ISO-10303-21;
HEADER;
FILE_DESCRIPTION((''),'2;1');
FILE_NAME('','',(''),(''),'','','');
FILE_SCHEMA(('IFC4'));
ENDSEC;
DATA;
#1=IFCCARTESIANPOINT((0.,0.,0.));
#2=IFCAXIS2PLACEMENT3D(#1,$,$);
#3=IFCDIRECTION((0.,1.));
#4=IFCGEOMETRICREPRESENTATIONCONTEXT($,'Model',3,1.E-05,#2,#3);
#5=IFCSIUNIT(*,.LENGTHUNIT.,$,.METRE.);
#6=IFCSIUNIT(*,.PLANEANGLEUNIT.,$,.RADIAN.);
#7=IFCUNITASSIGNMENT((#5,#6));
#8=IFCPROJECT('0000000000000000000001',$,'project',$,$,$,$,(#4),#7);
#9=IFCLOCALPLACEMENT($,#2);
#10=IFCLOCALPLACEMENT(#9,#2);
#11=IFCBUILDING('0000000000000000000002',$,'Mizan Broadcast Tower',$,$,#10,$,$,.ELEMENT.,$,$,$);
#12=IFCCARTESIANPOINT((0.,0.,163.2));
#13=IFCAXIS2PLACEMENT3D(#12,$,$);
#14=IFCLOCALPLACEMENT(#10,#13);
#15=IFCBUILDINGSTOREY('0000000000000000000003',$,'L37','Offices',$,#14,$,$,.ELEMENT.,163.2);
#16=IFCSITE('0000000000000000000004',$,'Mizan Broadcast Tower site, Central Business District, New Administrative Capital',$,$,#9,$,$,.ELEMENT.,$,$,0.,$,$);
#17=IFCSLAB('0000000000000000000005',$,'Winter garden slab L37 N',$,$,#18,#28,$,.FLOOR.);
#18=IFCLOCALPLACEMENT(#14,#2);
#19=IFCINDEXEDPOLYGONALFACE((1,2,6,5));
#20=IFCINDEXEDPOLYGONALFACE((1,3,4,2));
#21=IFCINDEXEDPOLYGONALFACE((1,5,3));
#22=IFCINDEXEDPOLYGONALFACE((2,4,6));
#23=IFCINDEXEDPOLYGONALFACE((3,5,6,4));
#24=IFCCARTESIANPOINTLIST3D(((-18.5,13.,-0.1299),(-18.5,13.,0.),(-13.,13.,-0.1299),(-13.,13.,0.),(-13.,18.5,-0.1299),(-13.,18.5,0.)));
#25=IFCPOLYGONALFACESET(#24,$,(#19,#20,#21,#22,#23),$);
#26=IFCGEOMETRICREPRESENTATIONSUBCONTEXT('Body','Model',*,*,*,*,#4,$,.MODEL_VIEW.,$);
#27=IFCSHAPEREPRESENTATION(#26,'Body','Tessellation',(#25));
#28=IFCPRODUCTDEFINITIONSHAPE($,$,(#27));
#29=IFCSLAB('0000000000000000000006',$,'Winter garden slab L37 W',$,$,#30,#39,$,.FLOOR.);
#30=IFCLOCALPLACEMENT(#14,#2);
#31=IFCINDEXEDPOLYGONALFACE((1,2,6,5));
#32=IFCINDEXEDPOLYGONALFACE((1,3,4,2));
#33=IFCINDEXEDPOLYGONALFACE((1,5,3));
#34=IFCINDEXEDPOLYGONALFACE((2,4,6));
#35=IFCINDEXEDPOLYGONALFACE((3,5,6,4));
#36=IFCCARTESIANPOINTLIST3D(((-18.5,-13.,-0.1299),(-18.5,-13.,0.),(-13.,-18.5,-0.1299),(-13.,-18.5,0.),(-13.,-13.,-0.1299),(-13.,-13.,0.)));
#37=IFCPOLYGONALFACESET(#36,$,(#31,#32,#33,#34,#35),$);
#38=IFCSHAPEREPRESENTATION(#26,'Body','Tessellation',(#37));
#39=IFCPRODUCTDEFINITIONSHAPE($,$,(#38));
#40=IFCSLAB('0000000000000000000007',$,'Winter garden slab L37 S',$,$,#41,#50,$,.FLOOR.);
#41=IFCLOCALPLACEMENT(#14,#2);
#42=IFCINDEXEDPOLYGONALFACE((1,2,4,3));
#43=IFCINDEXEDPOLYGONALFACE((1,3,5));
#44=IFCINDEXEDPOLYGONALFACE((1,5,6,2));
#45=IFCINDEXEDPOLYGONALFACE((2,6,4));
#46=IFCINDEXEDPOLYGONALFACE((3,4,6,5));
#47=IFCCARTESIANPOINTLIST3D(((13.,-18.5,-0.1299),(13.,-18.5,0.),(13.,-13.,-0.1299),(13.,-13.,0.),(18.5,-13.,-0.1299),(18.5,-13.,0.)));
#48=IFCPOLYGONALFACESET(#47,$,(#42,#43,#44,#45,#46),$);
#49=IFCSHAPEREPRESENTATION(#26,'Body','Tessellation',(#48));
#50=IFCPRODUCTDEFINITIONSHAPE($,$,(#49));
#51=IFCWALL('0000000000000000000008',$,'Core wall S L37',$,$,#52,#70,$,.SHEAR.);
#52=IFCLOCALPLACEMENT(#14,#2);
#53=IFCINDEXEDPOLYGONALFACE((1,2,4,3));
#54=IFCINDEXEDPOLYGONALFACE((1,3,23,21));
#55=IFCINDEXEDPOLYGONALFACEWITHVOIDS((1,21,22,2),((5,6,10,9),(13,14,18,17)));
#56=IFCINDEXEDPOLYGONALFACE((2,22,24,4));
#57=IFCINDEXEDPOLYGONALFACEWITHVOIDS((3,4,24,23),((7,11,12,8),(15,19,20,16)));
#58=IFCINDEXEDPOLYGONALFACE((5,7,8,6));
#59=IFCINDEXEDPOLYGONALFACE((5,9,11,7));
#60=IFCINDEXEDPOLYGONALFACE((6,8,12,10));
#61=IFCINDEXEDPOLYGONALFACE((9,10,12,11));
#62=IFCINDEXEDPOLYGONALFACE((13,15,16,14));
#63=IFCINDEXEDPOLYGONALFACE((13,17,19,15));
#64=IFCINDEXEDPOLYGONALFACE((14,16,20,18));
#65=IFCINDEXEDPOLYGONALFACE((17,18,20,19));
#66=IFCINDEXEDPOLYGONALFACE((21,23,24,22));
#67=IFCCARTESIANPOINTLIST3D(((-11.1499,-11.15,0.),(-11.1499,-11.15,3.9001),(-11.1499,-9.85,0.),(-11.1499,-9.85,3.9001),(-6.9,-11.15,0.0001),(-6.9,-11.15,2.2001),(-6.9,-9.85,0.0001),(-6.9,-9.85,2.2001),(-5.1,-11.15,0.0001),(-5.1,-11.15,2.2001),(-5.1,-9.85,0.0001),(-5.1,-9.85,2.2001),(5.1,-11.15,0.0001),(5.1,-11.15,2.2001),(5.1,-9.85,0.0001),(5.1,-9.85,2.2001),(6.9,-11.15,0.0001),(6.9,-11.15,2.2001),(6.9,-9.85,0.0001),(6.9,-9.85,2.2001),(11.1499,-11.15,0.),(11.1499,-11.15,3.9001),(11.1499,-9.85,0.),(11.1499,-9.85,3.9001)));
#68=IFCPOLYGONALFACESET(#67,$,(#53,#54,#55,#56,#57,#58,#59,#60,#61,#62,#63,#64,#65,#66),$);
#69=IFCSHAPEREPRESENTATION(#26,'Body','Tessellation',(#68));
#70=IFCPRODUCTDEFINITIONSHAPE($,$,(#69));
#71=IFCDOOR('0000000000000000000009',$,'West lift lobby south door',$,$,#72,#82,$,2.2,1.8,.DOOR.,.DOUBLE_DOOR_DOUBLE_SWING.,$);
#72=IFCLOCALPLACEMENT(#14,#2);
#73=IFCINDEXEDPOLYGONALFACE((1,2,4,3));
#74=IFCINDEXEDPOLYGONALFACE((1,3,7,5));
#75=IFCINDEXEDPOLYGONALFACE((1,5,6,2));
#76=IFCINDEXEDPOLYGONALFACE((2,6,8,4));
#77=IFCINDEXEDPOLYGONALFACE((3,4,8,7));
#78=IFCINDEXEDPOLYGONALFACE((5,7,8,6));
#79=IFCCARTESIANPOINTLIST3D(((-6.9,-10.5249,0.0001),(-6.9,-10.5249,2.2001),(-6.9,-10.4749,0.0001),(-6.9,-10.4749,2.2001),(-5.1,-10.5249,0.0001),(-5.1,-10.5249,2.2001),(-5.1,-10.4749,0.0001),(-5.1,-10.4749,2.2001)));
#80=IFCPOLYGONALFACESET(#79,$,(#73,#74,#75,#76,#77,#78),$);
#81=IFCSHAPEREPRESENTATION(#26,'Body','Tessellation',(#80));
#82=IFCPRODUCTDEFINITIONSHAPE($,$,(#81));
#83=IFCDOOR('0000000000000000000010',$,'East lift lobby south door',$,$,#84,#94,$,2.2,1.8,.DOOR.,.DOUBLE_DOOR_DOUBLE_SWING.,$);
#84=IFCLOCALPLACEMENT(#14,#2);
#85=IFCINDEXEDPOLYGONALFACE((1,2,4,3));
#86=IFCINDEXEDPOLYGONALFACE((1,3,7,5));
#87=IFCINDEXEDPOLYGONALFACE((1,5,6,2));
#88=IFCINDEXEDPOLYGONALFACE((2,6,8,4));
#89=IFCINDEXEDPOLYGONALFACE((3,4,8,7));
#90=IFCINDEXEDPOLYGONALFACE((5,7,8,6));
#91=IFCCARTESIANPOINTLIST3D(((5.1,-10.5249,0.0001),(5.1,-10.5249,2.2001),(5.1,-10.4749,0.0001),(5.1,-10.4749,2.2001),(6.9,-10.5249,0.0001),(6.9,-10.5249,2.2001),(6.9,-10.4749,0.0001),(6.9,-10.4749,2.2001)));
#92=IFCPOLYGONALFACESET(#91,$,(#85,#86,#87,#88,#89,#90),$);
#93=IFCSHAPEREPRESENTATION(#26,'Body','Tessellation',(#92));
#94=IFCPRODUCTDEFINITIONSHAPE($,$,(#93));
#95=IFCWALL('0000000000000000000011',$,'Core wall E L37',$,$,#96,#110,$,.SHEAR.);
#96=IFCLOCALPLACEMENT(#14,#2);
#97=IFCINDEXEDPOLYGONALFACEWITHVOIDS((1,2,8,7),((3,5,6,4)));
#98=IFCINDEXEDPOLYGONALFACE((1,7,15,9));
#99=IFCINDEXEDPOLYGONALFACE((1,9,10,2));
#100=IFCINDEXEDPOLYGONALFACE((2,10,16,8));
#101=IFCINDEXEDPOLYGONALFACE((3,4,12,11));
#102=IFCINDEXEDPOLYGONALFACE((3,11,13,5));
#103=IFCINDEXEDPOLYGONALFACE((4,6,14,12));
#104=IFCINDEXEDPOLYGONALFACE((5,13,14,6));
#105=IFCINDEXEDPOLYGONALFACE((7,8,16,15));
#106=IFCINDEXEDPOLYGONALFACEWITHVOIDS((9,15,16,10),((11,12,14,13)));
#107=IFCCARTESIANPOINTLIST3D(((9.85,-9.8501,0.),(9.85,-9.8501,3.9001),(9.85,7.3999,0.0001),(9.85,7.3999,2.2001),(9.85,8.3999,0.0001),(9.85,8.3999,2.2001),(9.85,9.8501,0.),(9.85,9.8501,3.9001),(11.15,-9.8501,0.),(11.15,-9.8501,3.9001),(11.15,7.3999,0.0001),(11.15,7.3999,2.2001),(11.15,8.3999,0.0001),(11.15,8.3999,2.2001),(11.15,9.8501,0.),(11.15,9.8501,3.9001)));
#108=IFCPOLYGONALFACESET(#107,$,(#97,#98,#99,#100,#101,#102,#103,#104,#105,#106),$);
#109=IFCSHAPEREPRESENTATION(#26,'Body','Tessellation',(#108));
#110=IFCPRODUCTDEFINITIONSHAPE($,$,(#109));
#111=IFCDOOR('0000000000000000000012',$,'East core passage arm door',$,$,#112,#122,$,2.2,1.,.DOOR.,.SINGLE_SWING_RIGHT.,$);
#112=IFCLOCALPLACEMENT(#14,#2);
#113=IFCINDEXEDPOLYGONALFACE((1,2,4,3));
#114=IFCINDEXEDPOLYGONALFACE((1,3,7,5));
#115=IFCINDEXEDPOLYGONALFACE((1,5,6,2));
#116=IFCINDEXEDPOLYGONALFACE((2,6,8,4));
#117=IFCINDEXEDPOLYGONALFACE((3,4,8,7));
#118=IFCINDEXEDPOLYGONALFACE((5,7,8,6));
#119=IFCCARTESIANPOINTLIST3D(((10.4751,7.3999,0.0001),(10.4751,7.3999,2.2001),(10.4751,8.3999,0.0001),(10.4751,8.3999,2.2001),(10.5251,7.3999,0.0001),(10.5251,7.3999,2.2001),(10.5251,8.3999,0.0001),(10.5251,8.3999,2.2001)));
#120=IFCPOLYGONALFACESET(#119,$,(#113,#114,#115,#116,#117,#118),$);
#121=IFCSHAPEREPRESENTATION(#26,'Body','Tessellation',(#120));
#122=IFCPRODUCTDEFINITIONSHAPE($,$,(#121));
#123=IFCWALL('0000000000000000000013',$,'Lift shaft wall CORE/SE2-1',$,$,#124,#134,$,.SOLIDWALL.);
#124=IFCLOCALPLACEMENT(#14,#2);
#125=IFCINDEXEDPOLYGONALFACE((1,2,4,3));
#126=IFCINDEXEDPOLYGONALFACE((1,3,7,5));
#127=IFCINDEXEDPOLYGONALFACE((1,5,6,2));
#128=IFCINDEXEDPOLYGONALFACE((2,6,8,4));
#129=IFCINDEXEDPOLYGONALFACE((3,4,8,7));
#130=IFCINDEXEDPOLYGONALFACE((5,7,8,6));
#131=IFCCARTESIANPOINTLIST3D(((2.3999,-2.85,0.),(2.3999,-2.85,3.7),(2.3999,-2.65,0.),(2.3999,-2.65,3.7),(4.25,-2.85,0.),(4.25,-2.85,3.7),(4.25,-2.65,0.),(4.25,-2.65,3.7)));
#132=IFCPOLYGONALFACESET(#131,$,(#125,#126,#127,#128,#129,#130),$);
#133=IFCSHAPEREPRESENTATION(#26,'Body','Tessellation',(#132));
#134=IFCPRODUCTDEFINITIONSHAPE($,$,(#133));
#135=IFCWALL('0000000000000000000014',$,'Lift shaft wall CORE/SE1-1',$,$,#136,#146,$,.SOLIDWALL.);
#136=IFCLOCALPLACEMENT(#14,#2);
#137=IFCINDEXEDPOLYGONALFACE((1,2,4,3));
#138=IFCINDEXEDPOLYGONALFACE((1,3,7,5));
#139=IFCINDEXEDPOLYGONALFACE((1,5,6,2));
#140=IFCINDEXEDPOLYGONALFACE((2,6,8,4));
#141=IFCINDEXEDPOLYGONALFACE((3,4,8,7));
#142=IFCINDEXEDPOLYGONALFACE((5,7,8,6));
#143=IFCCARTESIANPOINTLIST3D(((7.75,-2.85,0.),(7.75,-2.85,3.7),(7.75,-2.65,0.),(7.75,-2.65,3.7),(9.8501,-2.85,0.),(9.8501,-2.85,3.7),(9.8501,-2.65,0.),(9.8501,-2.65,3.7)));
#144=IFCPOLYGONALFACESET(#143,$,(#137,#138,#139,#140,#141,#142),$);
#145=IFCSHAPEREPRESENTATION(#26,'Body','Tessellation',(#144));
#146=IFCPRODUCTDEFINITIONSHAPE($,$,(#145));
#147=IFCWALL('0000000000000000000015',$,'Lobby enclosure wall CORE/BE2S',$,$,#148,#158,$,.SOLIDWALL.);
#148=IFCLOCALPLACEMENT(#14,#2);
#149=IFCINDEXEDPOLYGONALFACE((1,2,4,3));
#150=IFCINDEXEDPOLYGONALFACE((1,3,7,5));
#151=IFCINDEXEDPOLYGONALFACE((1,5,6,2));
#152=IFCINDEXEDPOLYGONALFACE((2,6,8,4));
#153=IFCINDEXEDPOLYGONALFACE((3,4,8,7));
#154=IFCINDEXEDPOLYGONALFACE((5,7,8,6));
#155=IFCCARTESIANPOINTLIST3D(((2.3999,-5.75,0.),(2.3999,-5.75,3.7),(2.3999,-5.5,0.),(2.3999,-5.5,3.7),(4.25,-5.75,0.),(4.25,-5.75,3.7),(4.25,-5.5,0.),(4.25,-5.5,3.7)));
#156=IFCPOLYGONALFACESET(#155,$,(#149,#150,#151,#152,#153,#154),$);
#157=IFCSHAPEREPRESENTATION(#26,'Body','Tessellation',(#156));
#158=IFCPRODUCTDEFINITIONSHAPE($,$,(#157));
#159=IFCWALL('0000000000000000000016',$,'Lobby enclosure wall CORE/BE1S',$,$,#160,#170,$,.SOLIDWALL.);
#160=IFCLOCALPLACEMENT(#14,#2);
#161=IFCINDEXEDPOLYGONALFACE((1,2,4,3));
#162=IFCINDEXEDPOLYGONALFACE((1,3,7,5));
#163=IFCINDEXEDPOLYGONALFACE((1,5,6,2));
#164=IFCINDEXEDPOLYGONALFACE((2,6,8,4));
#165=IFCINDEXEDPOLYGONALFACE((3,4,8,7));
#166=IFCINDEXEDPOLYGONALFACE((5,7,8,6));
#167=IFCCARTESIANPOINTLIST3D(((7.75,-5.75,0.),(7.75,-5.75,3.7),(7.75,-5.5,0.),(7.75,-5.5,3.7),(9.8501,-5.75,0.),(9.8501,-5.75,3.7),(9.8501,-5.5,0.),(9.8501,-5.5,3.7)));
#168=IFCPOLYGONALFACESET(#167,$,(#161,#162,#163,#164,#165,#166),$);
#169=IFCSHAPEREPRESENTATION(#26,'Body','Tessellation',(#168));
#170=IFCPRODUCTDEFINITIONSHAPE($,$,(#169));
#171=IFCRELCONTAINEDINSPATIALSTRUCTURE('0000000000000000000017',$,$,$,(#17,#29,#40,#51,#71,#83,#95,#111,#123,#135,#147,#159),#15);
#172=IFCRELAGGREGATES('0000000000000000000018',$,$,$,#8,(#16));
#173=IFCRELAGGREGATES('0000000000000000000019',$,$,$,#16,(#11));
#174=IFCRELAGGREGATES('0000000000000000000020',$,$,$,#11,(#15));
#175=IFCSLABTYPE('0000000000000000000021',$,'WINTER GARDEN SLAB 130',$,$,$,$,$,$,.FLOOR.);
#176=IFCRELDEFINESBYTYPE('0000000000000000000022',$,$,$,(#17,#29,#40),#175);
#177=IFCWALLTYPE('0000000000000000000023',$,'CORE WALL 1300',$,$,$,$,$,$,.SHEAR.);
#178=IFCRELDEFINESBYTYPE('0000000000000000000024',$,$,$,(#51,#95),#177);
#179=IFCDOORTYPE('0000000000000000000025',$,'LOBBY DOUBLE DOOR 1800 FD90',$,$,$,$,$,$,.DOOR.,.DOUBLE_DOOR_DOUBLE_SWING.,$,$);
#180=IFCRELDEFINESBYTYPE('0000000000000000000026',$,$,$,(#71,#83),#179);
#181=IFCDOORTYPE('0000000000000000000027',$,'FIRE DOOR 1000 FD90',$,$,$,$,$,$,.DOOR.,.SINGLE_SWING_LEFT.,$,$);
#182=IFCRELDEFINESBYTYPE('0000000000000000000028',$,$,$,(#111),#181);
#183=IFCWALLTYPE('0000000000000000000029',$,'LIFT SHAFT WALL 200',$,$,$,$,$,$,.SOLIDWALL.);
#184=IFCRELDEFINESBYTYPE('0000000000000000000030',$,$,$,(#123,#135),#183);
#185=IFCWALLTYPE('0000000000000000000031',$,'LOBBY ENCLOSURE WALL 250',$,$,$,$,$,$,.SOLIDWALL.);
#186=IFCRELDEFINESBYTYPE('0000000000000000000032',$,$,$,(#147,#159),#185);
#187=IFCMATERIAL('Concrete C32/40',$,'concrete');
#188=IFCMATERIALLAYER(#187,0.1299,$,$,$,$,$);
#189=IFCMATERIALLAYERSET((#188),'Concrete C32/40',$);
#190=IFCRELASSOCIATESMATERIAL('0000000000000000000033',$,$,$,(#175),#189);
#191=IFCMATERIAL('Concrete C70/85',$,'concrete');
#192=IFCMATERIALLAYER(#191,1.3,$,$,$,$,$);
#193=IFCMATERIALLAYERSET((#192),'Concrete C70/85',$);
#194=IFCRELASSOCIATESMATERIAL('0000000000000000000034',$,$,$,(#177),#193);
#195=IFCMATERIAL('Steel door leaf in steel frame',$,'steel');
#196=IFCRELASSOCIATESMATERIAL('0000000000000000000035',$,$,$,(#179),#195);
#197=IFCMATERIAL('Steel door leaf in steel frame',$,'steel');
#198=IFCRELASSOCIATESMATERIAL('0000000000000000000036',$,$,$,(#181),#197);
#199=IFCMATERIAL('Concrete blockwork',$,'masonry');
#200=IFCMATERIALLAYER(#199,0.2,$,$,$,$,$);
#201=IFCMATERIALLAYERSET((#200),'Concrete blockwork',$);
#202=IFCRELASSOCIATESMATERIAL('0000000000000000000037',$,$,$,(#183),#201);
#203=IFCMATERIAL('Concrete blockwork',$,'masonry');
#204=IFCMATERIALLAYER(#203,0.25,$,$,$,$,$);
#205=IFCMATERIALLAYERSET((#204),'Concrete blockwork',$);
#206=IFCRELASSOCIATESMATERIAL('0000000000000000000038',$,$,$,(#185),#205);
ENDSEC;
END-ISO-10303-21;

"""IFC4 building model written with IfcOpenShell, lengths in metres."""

from ifc_helpers import new_model, si_unit, direction, frame, frame_2d, origin, place, context, subcontext, project, spatial, polyline, rectangle, outline, extrude, material, layer, layer_set, type_object, element, fill, save


model = new_model("IFC4")

# Units and contexts
model_context = context("Model", 3, precision=1e-05, world=origin(), true_north=direction((0.0, 1.0)))
body_context = subcontext(model_context, "Body", "Model", "MODEL_VIEW")
ifc_project = project(units=[si_unit("LENGTHUNIT", "METRE"), si_unit("PLANEANGLEUNIT", "RADIAN")], contexts=[model_context])

# Site, building, storey
site_placement = place(None, origin())
site = spatial("IfcSite", under=ifc_project, at=site_placement, Name="Mizan Broadcast Tower site, Central Business District, New Administrative Capital", CompositionType="ELEMENT", RefElevation=0.0)
building_placement = place(site_placement, origin())
building = spatial("IfcBuilding", under=site, at=building_placement, Name="Mizan Broadcast Tower", CompositionType="ELEMENT")
storey_placement = place(building_placement, frame((0.0, 0.0, 163.2)))
storey = spatial("IfcBuildingStorey", under=building, at=storey_placement, Name="L37", Description="Offices", CompositionType="ELEMENT", Elevation=163.2)

# Slabs
ifc_material_1 = material(Name="Concrete C32/40", Category="concrete")
ifc_layer_1 = layer(ifc_material_1, 0.1299)
ifc_layer_set_1 = layer_set([ifc_layer_1], Name="Concrete C32/40")
slab_type_1 = type_object("IfcSlabType", Name="WINTER GARDEN SLAB 130", PredefinedType="FLOOR", material=ifc_layer_set_1)
slab_1_placement = place(storey_placement, frame((0.0, 0.0, -0.1299)))
element("IfcSlab", 1, at=slab_1_placement, inside=storey, type_object=slab_type_1, Name="Winter garden slab L37 N", PredefinedType="FLOOR", context=body_context, shape_type="SweptSolid", body=[
    extrude(outline(polyline([(-13.0, 13.0), (-13.0, 18.5), (-18.5, 13.0), (-13.0, 13.0)])), origin(), (0.0, 0.0, 1.0), 0.1299),
])
slab_2_placement = place(storey_placement, frame((0.0, 0.0, -0.1299)))
element("IfcSlab", 2, at=slab_2_placement, inside=storey, type_object=slab_type_1, Name="Winter garden slab L37 W", PredefinedType="FLOOR", context=body_context, shape_type="SweptSolid", body=[
    extrude(outline(polyline([(-13.0, -13.0), (-18.5, -13.0), (-13.0, -18.5), (-13.0, -13.0)])), origin(), (0.0, 0.0, 1.0), 0.1299),
])
slab_3_placement = place(storey_placement, frame((0.0, 0.0, -0.1299)))
element("IfcSlab", 3, at=slab_3_placement, inside=storey, type_object=slab_type_1, Name="Winter garden slab L37 S", PredefinedType="FLOOR", context=body_context, shape_type="SweptSolid", body=[
    extrude(outline(polyline([(13.0, -13.0), (13.0, -18.5), (18.5, -13.0), (13.0, -13.0)])), origin(), (0.0, 0.0, 1.0), 0.1299),
])

# Wall, openings, doors
ifc_material_2 = material(Name="Concrete C70/85", Category="concrete")
ifc_layer_2 = layer(ifc_material_2, 1.3)
ifc_layer_set_2 = layer_set([ifc_layer_2], Name="Concrete C70/85")
wall_type_1 = type_object("IfcWallType", Name="CORE WALL 1300", PredefinedType="SHEAR", material=ifc_layer_set_2)
wall_1_placement = place(storey_placement, frame((11.1499, -10.5, 0.0), z_axis=(0.0, 0.0, 1.0), x_axis=(-1.0, 0.0, 0.0)))
wall_1 = element("IfcWall", 4, at=wall_1_placement, inside=storey, type_object=wall_type_1, Name="Core wall S L37", PredefinedType="SHEAR", context=body_context, shape_type="SweptSolid", body=[
    extrude(rectangle(XDim=22.2998, YDim=1.3, at=frame_2d((11.1499, 0.0))), origin(), (0.0, 0.0, 1.0), 3.9001),
])
opening_1_placement = place(wall_1_placement, frame((16.25, 0.0, 0.0)))
opening_1 = element("IfcOpeningElement", 5, at=opening_1_placement, cuts=wall_1, PredefinedType="OPENING", context=body_context, shape_type="SweptSolid", body=[
    extrude(rectangle(XDim=1.8, YDim=2.2, at=frame_2d((0.8999, 1.1001))), frame((0.0, 0.6599, 0.0), z_axis=(0.0, -1.0, 0.0), x_axis=(1.0, 0.0, 0.0)), (0.0, 0.0, 1.0), 1.3201),
])
opening_2_placement = place(wall_1_placement, frame((4.25, 0.0, 0.0)))
opening_2 = element("IfcOpeningElement", 6, at=opening_2_placement, cuts=wall_1, PredefinedType="OPENING", context=body_context, shape_type="SweptSolid", body=[
    extrude(rectangle(XDim=1.8, YDim=2.2, at=frame_2d((0.8999, 1.1001))), frame((0.0, 0.6599, 0.0), z_axis=(0.0, -1.0, 0.0), x_axis=(1.0, 0.0, 0.0)), (0.0, 0.0, 1.0), 1.3201),
])
ifc_material_3 = material(Name="Steel door leaf in steel frame", Category="steel")
door_type_1 = type_object("IfcDoorType", Name="LOBBY DOUBLE DOOR 1800 FD90", OperationType="DOUBLE_DOOR_DOUBLE_SWING", PredefinedType="DOOR", material=ifc_material_3)
door_1_placement = place(opening_1_placement, origin())
door_1 = element("IfcDoor", 7, at=door_1_placement, inside=storey, type_object=door_type_1, Name="West lift lobby south door", OperationType="DOUBLE_DOOR_DOUBLE_SWING", OverallHeight=2.2, OverallWidth=1.8, PredefinedType="DOOR", context=body_context, shape_type="SweptSolid", body=[
    extrude(rectangle(XDim=1.8, YDim=2.2, at=frame_2d((0.8999, 1.1001))), frame((0.0, 0.0249, 0.0), z_axis=(0.0, -1.0, 0.0), x_axis=(1.0, 0.0, 0.0)), (0.0, 0.0, 1.0), 0.05),
])
fill(opening_1, door_1)
door_2_placement = place(opening_2_placement, origin())
door_2 = element("IfcDoor", 8, at=door_2_placement, inside=storey, type_object=door_type_1, Name="East lift lobby south door", OperationType="DOUBLE_DOOR_DOUBLE_SWING", OverallHeight=2.2, OverallWidth=1.8, PredefinedType="DOOR", context=body_context, shape_type="SweptSolid", body=[
    extrude(rectangle(XDim=1.8, YDim=2.2, at=frame_2d((0.8999, 1.1001))), frame((0.0, 0.0249, 0.0), z_axis=(0.0, -1.0, 0.0), x_axis=(1.0, 0.0, 0.0)), (0.0, 0.0, 1.0), 0.05),
])
fill(opening_2, door_2)

# Wall, opening, door
wall_2_placement = place(storey_placement, frame((10.5, -9.8501, 0.0), z_axis=(0.0, 0.0, 1.0), x_axis=(0.0, 1.0, 0.0)))
wall_2 = element("IfcWall", 9, at=wall_2_placement, inside=storey, type_object=wall_type_1, Name="Core wall E L37", PredefinedType="SHEAR", context=body_context, shape_type="SweptSolid", body=[
    extrude(rectangle(XDim=19.7002, YDim=1.3, at=frame_2d((9.8501, 0.0))), origin(), (0.0, 0.0, 1.0), 3.9001),
])
opening_3_placement = place(wall_2_placement, frame((17.25, 0.0, 0.0)))
opening_3 = element("IfcOpeningElement", 10, at=opening_3_placement, cuts=wall_2, PredefinedType="OPENING", context=body_context, shape_type="SweptSolid", body=[
    extrude(rectangle(XDim=1.0, YDim=2.2, at=frame_2d((0.5, 1.1001))), frame((0.0, 0.6599, 0.0), z_axis=(0.0, -1.0, 0.0), x_axis=(1.0, 0.0, 0.0)), (0.0, 0.0, 1.0), 1.3201),
])
ifc_material_4 = material(Name="Steel door leaf in steel frame", Category="steel")
door_type_2 = type_object("IfcDoorType", Name="FIRE DOOR 1000 FD90", OperationType="SINGLE_SWING_LEFT", PredefinedType="DOOR", material=ifc_material_4)
door_3_placement = place(opening_3_placement, origin())
door_3 = element("IfcDoor", 11, at=door_3_placement, inside=storey, type_object=door_type_2, Name="East core passage arm door", OperationType="SINGLE_SWING_RIGHT", OverallHeight=2.2, OverallWidth=1.0, PredefinedType="DOOR", context=body_context, shape_type="SweptSolid", body=[
    extrude(rectangle(XDim=1.0, YDim=2.2, at=frame_2d((0.5, 1.1001))), frame((0.0, 0.0249, 0.0), z_axis=(0.0, -1.0, 0.0), x_axis=(1.0, 0.0, 0.0)), (0.0, 0.0, 1.0), 0.05),
])
fill(opening_3, door_3)

# Walls
ifc_material_5 = material(Name="Concrete blockwork", Category="masonry")
ifc_layer_3 = layer(ifc_material_5, 0.2)
ifc_layer_set_3 = layer_set([ifc_layer_3], Name="Concrete blockwork")
wall_type_2 = type_object("IfcWallType", Name="LIFT SHAFT WALL 200", PredefinedType="SOLIDWALL", material=ifc_layer_set_3)
wall_3_placement = place(storey_placement, frame((2.3999, -2.75, 0.0), z_axis=(0.0, 0.0, 1.0), x_axis=(1.0, 0.0, 0.0)))
element("IfcWall", 12, at=wall_3_placement, inside=storey, type_object=wall_type_2, Name="Lift shaft wall CORE/SE2-1", PredefinedType="SOLIDWALL", context=body_context, shape_type="SweptSolid", body=[
    extrude(rectangle(XDim=1.8501, YDim=0.2, at=frame_2d((0.925, 0.0))), origin(), (0.0, 0.0, 1.0), 3.7),
])
wall_4_placement = place(storey_placement, frame((7.75, -2.75, 0.0), z_axis=(0.0, 0.0, 1.0), x_axis=(1.0, 0.0, 0.0)))
element("IfcWall", 13, at=wall_4_placement, inside=storey, type_object=wall_type_2, Name="Lift shaft wall CORE/SE1-1", PredefinedType="SOLIDWALL", context=body_context, shape_type="SweptSolid", body=[
    extrude(rectangle(XDim=2.1001, YDim=0.2, at=frame_2d((1.05, 0.0))), origin(), (0.0, 0.0, 1.0), 3.7),
])
ifc_material_6 = material(Name="Concrete blockwork", Category="masonry")
ifc_layer_4 = layer(ifc_material_6, 0.25)
ifc_layer_set_4 = layer_set([ifc_layer_4], Name="Concrete blockwork")
wall_type_3 = type_object("IfcWallType", Name="LOBBY ENCLOSURE WALL 250", PredefinedType="SOLIDWALL", material=ifc_layer_set_4)
wall_5_placement = place(storey_placement, frame((2.3999, -5.625, 0.0), z_axis=(0.0, 0.0, 1.0), x_axis=(1.0, 0.0, 0.0)))
element("IfcWall", 14, at=wall_5_placement, inside=storey, type_object=wall_type_3, Name="Lobby enclosure wall CORE/BE2S", PredefinedType="SOLIDWALL", context=body_context, shape_type="SweptSolid", body=[
    extrude(rectangle(XDim=1.8501, YDim=0.25, at=frame_2d((0.925, 0.0))), origin(), (0.0, 0.0, 1.0), 3.7),
])
wall_6_placement = place(storey_placement, frame((7.75, -5.625, 0.0), z_axis=(0.0, 0.0, 1.0), x_axis=(1.0, 0.0, 0.0)))
element("IfcWall", 15, at=wall_6_placement, inside=storey, type_object=wall_type_3, Name="Lobby enclosure wall CORE/BE1S", PredefinedType="SOLIDWALL", context=body_context, shape_type="SweptSolid", body=[
    extrude(rectangle(XDim=2.1001, YDim=0.25, at=frame_2d((1.05, 0.0))), origin(), (0.0, 0.0, 1.0), 3.7),
])

save(model, "model.ifc")
